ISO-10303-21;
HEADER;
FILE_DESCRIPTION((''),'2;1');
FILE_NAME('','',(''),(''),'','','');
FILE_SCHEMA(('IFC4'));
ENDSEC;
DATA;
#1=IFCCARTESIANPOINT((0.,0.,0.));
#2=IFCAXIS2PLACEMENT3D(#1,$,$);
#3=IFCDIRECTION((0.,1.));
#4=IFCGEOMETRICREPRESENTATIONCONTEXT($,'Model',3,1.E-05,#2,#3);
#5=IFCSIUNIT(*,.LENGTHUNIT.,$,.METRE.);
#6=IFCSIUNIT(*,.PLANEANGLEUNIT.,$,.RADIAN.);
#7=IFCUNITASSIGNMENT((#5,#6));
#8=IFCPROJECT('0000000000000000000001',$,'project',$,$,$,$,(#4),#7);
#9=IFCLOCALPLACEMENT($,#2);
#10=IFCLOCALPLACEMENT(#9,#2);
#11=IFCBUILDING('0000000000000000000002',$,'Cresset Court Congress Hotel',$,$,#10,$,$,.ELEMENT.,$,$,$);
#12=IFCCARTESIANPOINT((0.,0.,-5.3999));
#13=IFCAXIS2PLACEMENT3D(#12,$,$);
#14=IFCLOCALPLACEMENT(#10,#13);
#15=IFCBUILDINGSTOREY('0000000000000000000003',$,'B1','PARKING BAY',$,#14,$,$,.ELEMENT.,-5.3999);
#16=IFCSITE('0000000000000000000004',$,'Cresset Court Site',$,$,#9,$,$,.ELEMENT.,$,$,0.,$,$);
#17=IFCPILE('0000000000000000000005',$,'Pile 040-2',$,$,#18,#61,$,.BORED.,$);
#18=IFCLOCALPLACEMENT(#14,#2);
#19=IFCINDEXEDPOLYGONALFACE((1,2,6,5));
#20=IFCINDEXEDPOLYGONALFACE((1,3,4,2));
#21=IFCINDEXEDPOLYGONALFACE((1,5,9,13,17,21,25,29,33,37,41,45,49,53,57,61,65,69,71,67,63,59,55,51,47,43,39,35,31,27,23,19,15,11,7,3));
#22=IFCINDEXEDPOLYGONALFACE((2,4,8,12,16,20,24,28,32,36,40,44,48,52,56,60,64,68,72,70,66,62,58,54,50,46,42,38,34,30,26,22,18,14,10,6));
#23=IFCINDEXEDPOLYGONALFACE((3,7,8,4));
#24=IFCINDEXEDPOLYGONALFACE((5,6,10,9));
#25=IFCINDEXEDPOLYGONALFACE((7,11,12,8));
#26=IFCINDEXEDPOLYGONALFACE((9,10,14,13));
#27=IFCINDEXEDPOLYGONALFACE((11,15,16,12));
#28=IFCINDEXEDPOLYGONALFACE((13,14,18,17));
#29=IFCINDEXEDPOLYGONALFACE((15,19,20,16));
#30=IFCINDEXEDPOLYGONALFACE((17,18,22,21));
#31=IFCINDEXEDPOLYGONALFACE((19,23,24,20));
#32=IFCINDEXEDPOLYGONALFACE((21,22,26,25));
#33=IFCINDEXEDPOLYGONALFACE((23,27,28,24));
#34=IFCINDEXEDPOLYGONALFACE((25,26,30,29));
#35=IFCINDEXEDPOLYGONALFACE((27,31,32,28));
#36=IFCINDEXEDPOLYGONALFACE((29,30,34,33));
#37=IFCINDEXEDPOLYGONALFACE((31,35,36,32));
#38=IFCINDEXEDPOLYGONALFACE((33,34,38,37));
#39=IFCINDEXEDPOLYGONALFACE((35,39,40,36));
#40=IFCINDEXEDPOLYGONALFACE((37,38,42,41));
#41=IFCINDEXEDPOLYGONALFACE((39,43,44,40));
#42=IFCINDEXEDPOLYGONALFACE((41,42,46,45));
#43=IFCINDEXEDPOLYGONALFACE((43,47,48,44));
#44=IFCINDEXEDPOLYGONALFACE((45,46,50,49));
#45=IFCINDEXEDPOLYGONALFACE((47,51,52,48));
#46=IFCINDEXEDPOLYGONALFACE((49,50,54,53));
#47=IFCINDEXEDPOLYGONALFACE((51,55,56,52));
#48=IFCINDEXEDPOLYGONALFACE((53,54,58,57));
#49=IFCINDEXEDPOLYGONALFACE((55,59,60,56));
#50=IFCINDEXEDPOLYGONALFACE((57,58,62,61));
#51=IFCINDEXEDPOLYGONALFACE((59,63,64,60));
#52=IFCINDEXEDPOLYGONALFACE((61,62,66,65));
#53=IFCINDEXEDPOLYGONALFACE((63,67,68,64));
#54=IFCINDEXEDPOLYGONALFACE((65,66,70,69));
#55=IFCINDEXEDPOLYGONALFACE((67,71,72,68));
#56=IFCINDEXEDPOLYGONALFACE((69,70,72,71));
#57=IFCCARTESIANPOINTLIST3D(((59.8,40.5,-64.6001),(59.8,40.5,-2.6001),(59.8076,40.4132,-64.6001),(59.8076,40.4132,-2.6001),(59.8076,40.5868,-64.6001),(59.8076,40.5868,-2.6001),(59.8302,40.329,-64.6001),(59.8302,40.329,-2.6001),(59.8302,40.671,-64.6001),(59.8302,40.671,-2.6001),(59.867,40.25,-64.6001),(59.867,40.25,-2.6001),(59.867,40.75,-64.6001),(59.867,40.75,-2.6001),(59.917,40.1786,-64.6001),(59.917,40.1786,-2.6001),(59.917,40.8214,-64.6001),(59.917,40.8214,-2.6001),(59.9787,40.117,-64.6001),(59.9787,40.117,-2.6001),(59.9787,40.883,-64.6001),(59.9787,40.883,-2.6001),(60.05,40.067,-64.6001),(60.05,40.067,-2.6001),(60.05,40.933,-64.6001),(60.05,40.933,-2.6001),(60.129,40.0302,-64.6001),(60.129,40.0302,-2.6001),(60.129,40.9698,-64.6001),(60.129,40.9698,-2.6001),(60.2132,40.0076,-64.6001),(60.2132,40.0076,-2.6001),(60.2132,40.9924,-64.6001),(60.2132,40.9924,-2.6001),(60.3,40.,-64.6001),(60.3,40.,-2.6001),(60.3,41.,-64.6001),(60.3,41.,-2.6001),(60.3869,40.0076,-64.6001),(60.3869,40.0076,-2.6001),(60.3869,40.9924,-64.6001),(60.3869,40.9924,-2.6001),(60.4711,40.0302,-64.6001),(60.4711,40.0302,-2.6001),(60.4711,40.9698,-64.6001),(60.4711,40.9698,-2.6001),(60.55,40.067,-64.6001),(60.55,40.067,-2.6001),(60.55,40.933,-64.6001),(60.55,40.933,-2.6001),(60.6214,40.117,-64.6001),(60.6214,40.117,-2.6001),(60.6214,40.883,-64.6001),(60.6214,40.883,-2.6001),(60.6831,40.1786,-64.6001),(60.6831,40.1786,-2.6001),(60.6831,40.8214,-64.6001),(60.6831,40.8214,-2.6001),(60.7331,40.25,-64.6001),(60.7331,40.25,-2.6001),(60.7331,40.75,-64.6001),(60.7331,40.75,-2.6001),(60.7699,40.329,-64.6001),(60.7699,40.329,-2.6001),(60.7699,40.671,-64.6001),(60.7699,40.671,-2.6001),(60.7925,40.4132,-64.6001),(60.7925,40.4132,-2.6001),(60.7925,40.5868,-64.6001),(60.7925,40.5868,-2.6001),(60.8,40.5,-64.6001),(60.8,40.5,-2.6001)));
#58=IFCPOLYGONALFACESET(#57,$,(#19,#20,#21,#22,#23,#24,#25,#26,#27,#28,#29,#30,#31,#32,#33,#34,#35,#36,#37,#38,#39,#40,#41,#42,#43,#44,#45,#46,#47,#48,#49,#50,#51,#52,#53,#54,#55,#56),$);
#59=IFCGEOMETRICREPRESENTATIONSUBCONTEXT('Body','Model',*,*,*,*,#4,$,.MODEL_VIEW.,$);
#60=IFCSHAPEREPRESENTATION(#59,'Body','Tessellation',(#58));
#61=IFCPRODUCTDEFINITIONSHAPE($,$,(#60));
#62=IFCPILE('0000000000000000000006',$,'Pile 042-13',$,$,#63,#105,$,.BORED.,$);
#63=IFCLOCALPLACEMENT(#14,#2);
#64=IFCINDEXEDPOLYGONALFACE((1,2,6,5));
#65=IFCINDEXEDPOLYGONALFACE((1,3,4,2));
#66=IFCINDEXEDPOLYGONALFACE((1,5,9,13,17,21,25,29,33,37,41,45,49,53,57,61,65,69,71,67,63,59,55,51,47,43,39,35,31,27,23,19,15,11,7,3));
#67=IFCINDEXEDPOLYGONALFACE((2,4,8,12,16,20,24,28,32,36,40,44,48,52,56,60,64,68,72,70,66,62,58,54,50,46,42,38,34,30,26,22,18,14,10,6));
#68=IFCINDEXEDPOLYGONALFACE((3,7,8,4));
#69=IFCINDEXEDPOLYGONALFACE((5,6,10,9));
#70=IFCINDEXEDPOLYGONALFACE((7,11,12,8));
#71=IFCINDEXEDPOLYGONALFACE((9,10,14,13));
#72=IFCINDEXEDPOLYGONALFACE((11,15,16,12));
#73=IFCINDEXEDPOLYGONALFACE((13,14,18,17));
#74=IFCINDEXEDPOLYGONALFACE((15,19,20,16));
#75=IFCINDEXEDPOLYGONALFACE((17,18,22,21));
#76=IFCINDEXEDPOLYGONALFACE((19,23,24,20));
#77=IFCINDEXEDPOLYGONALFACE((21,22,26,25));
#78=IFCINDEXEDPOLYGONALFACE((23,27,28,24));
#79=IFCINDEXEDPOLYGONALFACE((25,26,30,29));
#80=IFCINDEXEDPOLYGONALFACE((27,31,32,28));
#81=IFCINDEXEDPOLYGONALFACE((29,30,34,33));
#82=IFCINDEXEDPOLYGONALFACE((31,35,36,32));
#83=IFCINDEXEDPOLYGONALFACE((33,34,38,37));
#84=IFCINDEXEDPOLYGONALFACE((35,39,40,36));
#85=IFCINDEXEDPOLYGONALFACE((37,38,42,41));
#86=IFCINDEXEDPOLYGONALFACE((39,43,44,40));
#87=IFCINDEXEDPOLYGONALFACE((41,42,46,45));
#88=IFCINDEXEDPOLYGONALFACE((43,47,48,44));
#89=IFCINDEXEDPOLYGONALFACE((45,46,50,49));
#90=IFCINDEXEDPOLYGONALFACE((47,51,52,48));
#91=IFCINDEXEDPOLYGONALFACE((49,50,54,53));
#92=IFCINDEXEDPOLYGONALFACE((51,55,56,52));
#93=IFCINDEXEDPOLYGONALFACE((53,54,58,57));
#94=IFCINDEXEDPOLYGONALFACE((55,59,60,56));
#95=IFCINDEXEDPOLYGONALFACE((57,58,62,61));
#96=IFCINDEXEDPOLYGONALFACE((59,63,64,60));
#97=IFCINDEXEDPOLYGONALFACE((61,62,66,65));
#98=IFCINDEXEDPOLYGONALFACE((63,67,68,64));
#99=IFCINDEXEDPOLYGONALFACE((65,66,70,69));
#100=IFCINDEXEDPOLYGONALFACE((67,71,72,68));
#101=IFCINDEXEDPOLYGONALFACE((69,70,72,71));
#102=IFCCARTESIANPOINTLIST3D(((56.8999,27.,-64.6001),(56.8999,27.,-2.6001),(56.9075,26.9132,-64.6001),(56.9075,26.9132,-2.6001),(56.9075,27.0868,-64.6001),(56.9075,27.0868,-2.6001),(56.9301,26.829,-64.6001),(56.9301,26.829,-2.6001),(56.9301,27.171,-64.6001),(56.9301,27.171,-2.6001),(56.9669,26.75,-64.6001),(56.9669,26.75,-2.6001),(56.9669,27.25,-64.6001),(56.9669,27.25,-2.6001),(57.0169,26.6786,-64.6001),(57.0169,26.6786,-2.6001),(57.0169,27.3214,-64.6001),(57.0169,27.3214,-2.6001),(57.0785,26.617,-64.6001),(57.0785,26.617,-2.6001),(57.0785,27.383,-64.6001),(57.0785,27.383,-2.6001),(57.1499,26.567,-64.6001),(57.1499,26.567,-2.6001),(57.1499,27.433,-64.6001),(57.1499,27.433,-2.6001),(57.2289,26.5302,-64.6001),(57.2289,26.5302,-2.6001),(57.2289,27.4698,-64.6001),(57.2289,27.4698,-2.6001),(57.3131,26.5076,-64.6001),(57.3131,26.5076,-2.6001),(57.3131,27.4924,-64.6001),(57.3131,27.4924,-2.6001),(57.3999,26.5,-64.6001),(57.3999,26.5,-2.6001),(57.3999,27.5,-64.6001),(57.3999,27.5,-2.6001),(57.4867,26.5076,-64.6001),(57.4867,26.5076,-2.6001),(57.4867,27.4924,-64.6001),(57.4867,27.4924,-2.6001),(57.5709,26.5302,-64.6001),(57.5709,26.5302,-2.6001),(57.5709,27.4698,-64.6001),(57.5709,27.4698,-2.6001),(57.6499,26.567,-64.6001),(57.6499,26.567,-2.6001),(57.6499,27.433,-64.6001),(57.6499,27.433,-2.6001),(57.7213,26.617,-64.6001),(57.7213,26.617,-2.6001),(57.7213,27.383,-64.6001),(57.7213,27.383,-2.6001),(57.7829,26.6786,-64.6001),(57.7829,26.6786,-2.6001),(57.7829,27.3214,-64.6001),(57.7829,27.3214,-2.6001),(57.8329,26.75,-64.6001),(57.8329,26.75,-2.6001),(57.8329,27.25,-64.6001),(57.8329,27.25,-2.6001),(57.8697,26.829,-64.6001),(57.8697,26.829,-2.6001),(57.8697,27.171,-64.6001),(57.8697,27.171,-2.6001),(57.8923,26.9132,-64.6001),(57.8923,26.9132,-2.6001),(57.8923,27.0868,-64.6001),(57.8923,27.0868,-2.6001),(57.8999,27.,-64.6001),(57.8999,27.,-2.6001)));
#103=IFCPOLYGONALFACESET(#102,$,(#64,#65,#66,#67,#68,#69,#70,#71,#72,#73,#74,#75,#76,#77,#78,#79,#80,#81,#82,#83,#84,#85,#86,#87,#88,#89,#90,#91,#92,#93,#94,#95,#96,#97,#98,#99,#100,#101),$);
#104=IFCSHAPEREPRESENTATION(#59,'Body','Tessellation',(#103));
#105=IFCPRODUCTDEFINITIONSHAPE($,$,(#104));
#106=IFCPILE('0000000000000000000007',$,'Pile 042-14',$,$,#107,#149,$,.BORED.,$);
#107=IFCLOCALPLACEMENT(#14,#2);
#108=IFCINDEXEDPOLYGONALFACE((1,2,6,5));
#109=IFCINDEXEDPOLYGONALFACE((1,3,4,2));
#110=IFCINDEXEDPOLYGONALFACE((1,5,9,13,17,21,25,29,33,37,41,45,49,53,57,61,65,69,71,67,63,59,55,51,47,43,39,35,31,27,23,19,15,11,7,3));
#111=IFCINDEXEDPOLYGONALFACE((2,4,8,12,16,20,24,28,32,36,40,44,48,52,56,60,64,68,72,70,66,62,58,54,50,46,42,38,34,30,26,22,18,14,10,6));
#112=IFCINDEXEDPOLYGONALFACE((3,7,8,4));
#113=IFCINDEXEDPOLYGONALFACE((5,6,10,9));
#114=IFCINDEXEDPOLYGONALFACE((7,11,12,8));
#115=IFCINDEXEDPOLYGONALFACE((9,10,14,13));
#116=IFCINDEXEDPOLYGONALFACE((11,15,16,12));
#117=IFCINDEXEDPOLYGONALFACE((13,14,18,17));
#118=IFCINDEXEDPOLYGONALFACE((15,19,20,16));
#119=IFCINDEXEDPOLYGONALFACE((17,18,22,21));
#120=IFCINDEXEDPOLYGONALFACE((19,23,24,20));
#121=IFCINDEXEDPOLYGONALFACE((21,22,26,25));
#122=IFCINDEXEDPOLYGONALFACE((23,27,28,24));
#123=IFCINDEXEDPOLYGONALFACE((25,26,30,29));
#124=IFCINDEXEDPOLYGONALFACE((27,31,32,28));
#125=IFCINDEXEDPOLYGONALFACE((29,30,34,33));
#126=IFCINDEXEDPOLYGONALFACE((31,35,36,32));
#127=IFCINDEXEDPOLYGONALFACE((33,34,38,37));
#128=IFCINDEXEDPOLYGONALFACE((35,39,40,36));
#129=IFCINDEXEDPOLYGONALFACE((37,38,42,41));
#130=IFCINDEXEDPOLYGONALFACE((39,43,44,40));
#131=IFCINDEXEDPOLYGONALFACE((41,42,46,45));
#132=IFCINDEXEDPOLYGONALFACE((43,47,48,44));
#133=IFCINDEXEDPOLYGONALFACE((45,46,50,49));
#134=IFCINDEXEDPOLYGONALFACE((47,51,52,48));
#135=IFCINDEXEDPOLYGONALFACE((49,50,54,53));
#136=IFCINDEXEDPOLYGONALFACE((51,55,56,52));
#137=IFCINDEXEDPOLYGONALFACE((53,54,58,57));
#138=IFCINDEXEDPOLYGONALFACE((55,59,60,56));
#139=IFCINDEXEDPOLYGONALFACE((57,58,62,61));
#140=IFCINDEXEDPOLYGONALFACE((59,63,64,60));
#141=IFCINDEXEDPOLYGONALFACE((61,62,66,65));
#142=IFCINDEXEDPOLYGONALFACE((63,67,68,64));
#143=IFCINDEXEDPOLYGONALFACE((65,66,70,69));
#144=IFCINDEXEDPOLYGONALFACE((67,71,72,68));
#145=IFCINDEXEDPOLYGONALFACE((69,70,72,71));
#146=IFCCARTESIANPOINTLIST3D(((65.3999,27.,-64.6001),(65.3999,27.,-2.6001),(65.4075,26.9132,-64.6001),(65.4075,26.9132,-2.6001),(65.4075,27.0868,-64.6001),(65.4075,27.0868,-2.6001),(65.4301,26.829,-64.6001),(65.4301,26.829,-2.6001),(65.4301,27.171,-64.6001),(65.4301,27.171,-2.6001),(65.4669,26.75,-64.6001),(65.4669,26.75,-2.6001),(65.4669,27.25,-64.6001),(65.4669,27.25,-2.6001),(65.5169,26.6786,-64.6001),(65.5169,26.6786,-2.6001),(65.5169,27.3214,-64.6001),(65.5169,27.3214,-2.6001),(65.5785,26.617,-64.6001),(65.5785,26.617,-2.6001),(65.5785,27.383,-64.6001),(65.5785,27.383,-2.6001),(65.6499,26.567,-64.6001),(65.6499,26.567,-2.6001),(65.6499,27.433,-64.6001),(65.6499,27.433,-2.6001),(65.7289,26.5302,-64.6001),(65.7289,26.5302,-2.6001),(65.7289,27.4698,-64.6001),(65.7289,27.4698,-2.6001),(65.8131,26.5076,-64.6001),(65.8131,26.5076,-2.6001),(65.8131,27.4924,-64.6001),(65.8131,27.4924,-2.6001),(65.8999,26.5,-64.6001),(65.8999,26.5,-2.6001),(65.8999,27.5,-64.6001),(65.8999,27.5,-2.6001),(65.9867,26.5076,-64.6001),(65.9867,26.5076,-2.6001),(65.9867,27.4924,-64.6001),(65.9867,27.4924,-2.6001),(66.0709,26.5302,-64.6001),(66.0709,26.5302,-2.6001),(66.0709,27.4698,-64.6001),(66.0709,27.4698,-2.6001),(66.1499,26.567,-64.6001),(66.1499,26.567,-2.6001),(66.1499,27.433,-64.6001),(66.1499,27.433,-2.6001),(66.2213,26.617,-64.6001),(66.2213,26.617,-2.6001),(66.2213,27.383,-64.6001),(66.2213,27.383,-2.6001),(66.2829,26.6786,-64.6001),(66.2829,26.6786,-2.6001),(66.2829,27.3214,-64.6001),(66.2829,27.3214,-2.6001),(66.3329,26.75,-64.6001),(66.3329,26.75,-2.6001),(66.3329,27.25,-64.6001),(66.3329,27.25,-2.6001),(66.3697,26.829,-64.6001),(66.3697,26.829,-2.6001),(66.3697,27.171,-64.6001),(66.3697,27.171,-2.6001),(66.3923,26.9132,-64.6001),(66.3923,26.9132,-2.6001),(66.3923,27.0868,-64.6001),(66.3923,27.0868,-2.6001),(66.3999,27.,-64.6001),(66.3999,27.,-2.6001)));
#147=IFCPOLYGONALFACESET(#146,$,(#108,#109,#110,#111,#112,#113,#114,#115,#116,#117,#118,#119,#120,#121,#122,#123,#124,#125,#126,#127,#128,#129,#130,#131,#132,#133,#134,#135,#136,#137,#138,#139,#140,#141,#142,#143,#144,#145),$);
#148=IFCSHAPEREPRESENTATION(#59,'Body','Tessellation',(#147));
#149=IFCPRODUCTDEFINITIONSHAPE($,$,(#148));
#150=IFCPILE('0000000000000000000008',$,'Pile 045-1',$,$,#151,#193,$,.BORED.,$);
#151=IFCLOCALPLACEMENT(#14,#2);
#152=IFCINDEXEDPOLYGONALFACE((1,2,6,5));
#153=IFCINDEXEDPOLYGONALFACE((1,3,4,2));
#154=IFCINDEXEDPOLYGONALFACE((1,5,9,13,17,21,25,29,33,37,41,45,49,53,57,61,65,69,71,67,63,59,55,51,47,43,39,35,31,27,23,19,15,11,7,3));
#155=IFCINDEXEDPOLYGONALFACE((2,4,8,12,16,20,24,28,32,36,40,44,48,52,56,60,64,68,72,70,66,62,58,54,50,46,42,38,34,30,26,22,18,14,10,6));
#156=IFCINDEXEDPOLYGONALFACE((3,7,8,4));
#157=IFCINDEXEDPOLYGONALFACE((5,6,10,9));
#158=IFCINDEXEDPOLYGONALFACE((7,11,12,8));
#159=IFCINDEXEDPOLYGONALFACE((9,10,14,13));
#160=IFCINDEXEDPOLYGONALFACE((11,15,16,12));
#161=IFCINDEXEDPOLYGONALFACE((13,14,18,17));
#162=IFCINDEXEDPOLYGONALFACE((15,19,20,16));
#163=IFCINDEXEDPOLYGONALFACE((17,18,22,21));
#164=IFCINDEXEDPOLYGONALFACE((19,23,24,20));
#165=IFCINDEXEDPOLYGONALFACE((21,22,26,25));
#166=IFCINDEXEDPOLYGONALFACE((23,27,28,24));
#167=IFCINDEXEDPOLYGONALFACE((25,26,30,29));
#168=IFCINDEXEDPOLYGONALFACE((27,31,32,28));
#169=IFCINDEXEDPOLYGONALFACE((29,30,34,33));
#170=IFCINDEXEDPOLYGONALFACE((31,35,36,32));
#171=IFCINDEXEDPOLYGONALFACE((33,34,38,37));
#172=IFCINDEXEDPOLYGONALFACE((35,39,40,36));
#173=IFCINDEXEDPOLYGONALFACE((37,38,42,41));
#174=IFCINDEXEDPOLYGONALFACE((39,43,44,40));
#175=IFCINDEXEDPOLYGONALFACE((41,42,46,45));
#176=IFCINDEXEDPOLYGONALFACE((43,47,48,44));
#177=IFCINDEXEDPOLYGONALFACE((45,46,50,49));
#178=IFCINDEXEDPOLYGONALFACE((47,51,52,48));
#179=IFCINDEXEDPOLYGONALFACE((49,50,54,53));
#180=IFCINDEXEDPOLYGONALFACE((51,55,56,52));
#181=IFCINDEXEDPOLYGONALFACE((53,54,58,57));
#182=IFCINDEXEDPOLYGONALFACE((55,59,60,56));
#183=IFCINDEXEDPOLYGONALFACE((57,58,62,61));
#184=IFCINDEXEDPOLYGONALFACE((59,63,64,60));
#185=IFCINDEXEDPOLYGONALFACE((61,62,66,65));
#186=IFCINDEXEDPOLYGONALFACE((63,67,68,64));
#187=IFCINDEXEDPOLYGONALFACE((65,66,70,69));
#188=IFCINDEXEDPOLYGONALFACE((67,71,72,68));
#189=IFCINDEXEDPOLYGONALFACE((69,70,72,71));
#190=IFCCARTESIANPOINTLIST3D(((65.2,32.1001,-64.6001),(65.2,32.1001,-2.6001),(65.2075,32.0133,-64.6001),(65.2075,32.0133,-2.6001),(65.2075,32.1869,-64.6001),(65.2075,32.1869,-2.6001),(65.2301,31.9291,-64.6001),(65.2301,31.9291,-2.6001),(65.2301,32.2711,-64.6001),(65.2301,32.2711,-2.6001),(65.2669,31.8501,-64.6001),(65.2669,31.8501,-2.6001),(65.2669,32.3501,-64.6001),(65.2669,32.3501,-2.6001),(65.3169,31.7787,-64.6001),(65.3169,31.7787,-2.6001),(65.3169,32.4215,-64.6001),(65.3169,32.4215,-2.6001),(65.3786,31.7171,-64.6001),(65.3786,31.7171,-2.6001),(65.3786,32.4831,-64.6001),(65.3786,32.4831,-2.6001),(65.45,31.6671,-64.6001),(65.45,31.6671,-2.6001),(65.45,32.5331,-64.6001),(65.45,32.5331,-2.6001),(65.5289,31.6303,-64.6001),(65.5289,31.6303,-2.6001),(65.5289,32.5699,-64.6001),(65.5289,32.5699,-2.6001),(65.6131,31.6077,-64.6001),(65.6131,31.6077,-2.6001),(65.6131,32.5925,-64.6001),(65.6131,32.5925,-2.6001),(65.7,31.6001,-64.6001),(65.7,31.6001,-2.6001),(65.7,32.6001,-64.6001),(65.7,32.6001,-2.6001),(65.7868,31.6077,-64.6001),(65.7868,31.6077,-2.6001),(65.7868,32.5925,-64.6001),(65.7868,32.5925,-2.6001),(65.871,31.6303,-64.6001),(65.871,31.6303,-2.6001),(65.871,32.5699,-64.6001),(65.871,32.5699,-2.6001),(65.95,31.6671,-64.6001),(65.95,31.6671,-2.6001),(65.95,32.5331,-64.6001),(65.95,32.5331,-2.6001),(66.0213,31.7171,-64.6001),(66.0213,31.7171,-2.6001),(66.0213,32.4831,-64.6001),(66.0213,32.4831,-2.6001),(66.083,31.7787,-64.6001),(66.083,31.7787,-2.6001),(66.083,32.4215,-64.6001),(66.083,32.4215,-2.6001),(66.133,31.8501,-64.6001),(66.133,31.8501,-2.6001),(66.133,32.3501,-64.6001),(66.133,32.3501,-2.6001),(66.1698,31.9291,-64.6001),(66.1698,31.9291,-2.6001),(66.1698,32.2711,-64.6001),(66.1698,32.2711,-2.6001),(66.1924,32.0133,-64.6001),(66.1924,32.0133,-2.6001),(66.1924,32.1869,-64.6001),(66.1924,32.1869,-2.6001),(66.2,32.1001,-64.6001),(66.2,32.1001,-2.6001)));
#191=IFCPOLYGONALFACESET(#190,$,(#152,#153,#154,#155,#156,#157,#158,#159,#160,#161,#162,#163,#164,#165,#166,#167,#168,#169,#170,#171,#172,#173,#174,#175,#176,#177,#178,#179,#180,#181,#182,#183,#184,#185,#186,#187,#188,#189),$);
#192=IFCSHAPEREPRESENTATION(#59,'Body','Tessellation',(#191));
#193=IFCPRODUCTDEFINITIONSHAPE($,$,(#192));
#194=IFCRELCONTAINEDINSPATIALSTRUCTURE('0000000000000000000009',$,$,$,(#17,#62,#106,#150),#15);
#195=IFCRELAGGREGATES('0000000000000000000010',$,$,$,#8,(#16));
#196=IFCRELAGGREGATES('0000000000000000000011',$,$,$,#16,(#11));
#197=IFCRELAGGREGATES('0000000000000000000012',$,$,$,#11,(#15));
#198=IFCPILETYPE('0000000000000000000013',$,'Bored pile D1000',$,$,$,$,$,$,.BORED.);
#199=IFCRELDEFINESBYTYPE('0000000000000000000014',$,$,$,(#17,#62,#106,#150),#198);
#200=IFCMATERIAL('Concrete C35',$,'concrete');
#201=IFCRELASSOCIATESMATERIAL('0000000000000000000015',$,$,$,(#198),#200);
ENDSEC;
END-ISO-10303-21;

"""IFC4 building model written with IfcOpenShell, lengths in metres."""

from ifc_helpers import new_model, si_unit, direction, frame, origin, origin_2d, place, context, subcontext, project, spatial, circle, extrude, material, type_object, element, save


model = new_model("IFC4")

# Units and contexts
model_context = context("Model", 3, precision=1e-05, world=origin(), true_north=direction((0.0, 1.0)))
body_context = subcontext(model_context, "Body", "Model", "MODEL_VIEW")
ifc_project = project(units=[si_unit("LENGTHUNIT", "METRE"), si_unit("PLANEANGLEUNIT", "RADIAN")], contexts=[model_context])

# Site, building, storey
site_placement = place(None, origin())
site = spatial("IfcSite", under=ifc_project, at=site_placement, Name="Cresset Court Site", CompositionType="ELEMENT", RefElevation=0.0)
building_placement = place(site_placement, origin())
building = spatial("IfcBuilding", under=site, at=building_placement, Name="Cresset Court Congress Hotel", CompositionType="ELEMENT")
storey_placement = place(building_placement, frame((0.0, 0.0, -5.3999)))
storey = spatial("IfcBuildingStorey", under=building, at=storey_placement, Name="B1", Description="PARKING BAY", CompositionType="ELEMENT", Elevation=-5.3999)

# Piles
ifc_material_1 = material(Name="Concrete C35", Category="concrete")
pile_type = type_object("IfcPileType", Name="Bored pile D1000", PredefinedType="BORED", material=ifc_material_1)
for number, where, z_axis, x_axis, name in (
    (1, (60.3, 40.5, -2.6001), (0.0, 0.0, -1.0), (1.0, 0.0, 0.0), "Pile 040-2"),
    (2, (57.3999, 27.0, -2.6001), (0.0, 0.0, -1.0), (1.0, 0.0, 0.0), "Pile 042-13"),
    (3, (65.8999, 27.0, -2.6001), (0.0, 0.0, -1.0), (1.0, 0.0, 0.0), "Pile 042-14"),
    (4, (65.7, 32.1001, -2.6001), (0.0, 0.0, -1.0), (1.0, 0.0, 0.0), "Pile 045-1"),
):
    element("IfcPile", number, at=place(storey_placement, frame(where, z_axis=z_axis, x_axis=x_axis)), inside=storey, type_object=pile_type, Name=name, PredefinedType="BORED", context=body_context, shape_type="SweptSolid", body=[
        extrude(circle(Radius=0.5, at=origin_2d()), origin(), (0.0, 0.0, 1.0), 62.0),
    ])

save(model, "model.ifc")
